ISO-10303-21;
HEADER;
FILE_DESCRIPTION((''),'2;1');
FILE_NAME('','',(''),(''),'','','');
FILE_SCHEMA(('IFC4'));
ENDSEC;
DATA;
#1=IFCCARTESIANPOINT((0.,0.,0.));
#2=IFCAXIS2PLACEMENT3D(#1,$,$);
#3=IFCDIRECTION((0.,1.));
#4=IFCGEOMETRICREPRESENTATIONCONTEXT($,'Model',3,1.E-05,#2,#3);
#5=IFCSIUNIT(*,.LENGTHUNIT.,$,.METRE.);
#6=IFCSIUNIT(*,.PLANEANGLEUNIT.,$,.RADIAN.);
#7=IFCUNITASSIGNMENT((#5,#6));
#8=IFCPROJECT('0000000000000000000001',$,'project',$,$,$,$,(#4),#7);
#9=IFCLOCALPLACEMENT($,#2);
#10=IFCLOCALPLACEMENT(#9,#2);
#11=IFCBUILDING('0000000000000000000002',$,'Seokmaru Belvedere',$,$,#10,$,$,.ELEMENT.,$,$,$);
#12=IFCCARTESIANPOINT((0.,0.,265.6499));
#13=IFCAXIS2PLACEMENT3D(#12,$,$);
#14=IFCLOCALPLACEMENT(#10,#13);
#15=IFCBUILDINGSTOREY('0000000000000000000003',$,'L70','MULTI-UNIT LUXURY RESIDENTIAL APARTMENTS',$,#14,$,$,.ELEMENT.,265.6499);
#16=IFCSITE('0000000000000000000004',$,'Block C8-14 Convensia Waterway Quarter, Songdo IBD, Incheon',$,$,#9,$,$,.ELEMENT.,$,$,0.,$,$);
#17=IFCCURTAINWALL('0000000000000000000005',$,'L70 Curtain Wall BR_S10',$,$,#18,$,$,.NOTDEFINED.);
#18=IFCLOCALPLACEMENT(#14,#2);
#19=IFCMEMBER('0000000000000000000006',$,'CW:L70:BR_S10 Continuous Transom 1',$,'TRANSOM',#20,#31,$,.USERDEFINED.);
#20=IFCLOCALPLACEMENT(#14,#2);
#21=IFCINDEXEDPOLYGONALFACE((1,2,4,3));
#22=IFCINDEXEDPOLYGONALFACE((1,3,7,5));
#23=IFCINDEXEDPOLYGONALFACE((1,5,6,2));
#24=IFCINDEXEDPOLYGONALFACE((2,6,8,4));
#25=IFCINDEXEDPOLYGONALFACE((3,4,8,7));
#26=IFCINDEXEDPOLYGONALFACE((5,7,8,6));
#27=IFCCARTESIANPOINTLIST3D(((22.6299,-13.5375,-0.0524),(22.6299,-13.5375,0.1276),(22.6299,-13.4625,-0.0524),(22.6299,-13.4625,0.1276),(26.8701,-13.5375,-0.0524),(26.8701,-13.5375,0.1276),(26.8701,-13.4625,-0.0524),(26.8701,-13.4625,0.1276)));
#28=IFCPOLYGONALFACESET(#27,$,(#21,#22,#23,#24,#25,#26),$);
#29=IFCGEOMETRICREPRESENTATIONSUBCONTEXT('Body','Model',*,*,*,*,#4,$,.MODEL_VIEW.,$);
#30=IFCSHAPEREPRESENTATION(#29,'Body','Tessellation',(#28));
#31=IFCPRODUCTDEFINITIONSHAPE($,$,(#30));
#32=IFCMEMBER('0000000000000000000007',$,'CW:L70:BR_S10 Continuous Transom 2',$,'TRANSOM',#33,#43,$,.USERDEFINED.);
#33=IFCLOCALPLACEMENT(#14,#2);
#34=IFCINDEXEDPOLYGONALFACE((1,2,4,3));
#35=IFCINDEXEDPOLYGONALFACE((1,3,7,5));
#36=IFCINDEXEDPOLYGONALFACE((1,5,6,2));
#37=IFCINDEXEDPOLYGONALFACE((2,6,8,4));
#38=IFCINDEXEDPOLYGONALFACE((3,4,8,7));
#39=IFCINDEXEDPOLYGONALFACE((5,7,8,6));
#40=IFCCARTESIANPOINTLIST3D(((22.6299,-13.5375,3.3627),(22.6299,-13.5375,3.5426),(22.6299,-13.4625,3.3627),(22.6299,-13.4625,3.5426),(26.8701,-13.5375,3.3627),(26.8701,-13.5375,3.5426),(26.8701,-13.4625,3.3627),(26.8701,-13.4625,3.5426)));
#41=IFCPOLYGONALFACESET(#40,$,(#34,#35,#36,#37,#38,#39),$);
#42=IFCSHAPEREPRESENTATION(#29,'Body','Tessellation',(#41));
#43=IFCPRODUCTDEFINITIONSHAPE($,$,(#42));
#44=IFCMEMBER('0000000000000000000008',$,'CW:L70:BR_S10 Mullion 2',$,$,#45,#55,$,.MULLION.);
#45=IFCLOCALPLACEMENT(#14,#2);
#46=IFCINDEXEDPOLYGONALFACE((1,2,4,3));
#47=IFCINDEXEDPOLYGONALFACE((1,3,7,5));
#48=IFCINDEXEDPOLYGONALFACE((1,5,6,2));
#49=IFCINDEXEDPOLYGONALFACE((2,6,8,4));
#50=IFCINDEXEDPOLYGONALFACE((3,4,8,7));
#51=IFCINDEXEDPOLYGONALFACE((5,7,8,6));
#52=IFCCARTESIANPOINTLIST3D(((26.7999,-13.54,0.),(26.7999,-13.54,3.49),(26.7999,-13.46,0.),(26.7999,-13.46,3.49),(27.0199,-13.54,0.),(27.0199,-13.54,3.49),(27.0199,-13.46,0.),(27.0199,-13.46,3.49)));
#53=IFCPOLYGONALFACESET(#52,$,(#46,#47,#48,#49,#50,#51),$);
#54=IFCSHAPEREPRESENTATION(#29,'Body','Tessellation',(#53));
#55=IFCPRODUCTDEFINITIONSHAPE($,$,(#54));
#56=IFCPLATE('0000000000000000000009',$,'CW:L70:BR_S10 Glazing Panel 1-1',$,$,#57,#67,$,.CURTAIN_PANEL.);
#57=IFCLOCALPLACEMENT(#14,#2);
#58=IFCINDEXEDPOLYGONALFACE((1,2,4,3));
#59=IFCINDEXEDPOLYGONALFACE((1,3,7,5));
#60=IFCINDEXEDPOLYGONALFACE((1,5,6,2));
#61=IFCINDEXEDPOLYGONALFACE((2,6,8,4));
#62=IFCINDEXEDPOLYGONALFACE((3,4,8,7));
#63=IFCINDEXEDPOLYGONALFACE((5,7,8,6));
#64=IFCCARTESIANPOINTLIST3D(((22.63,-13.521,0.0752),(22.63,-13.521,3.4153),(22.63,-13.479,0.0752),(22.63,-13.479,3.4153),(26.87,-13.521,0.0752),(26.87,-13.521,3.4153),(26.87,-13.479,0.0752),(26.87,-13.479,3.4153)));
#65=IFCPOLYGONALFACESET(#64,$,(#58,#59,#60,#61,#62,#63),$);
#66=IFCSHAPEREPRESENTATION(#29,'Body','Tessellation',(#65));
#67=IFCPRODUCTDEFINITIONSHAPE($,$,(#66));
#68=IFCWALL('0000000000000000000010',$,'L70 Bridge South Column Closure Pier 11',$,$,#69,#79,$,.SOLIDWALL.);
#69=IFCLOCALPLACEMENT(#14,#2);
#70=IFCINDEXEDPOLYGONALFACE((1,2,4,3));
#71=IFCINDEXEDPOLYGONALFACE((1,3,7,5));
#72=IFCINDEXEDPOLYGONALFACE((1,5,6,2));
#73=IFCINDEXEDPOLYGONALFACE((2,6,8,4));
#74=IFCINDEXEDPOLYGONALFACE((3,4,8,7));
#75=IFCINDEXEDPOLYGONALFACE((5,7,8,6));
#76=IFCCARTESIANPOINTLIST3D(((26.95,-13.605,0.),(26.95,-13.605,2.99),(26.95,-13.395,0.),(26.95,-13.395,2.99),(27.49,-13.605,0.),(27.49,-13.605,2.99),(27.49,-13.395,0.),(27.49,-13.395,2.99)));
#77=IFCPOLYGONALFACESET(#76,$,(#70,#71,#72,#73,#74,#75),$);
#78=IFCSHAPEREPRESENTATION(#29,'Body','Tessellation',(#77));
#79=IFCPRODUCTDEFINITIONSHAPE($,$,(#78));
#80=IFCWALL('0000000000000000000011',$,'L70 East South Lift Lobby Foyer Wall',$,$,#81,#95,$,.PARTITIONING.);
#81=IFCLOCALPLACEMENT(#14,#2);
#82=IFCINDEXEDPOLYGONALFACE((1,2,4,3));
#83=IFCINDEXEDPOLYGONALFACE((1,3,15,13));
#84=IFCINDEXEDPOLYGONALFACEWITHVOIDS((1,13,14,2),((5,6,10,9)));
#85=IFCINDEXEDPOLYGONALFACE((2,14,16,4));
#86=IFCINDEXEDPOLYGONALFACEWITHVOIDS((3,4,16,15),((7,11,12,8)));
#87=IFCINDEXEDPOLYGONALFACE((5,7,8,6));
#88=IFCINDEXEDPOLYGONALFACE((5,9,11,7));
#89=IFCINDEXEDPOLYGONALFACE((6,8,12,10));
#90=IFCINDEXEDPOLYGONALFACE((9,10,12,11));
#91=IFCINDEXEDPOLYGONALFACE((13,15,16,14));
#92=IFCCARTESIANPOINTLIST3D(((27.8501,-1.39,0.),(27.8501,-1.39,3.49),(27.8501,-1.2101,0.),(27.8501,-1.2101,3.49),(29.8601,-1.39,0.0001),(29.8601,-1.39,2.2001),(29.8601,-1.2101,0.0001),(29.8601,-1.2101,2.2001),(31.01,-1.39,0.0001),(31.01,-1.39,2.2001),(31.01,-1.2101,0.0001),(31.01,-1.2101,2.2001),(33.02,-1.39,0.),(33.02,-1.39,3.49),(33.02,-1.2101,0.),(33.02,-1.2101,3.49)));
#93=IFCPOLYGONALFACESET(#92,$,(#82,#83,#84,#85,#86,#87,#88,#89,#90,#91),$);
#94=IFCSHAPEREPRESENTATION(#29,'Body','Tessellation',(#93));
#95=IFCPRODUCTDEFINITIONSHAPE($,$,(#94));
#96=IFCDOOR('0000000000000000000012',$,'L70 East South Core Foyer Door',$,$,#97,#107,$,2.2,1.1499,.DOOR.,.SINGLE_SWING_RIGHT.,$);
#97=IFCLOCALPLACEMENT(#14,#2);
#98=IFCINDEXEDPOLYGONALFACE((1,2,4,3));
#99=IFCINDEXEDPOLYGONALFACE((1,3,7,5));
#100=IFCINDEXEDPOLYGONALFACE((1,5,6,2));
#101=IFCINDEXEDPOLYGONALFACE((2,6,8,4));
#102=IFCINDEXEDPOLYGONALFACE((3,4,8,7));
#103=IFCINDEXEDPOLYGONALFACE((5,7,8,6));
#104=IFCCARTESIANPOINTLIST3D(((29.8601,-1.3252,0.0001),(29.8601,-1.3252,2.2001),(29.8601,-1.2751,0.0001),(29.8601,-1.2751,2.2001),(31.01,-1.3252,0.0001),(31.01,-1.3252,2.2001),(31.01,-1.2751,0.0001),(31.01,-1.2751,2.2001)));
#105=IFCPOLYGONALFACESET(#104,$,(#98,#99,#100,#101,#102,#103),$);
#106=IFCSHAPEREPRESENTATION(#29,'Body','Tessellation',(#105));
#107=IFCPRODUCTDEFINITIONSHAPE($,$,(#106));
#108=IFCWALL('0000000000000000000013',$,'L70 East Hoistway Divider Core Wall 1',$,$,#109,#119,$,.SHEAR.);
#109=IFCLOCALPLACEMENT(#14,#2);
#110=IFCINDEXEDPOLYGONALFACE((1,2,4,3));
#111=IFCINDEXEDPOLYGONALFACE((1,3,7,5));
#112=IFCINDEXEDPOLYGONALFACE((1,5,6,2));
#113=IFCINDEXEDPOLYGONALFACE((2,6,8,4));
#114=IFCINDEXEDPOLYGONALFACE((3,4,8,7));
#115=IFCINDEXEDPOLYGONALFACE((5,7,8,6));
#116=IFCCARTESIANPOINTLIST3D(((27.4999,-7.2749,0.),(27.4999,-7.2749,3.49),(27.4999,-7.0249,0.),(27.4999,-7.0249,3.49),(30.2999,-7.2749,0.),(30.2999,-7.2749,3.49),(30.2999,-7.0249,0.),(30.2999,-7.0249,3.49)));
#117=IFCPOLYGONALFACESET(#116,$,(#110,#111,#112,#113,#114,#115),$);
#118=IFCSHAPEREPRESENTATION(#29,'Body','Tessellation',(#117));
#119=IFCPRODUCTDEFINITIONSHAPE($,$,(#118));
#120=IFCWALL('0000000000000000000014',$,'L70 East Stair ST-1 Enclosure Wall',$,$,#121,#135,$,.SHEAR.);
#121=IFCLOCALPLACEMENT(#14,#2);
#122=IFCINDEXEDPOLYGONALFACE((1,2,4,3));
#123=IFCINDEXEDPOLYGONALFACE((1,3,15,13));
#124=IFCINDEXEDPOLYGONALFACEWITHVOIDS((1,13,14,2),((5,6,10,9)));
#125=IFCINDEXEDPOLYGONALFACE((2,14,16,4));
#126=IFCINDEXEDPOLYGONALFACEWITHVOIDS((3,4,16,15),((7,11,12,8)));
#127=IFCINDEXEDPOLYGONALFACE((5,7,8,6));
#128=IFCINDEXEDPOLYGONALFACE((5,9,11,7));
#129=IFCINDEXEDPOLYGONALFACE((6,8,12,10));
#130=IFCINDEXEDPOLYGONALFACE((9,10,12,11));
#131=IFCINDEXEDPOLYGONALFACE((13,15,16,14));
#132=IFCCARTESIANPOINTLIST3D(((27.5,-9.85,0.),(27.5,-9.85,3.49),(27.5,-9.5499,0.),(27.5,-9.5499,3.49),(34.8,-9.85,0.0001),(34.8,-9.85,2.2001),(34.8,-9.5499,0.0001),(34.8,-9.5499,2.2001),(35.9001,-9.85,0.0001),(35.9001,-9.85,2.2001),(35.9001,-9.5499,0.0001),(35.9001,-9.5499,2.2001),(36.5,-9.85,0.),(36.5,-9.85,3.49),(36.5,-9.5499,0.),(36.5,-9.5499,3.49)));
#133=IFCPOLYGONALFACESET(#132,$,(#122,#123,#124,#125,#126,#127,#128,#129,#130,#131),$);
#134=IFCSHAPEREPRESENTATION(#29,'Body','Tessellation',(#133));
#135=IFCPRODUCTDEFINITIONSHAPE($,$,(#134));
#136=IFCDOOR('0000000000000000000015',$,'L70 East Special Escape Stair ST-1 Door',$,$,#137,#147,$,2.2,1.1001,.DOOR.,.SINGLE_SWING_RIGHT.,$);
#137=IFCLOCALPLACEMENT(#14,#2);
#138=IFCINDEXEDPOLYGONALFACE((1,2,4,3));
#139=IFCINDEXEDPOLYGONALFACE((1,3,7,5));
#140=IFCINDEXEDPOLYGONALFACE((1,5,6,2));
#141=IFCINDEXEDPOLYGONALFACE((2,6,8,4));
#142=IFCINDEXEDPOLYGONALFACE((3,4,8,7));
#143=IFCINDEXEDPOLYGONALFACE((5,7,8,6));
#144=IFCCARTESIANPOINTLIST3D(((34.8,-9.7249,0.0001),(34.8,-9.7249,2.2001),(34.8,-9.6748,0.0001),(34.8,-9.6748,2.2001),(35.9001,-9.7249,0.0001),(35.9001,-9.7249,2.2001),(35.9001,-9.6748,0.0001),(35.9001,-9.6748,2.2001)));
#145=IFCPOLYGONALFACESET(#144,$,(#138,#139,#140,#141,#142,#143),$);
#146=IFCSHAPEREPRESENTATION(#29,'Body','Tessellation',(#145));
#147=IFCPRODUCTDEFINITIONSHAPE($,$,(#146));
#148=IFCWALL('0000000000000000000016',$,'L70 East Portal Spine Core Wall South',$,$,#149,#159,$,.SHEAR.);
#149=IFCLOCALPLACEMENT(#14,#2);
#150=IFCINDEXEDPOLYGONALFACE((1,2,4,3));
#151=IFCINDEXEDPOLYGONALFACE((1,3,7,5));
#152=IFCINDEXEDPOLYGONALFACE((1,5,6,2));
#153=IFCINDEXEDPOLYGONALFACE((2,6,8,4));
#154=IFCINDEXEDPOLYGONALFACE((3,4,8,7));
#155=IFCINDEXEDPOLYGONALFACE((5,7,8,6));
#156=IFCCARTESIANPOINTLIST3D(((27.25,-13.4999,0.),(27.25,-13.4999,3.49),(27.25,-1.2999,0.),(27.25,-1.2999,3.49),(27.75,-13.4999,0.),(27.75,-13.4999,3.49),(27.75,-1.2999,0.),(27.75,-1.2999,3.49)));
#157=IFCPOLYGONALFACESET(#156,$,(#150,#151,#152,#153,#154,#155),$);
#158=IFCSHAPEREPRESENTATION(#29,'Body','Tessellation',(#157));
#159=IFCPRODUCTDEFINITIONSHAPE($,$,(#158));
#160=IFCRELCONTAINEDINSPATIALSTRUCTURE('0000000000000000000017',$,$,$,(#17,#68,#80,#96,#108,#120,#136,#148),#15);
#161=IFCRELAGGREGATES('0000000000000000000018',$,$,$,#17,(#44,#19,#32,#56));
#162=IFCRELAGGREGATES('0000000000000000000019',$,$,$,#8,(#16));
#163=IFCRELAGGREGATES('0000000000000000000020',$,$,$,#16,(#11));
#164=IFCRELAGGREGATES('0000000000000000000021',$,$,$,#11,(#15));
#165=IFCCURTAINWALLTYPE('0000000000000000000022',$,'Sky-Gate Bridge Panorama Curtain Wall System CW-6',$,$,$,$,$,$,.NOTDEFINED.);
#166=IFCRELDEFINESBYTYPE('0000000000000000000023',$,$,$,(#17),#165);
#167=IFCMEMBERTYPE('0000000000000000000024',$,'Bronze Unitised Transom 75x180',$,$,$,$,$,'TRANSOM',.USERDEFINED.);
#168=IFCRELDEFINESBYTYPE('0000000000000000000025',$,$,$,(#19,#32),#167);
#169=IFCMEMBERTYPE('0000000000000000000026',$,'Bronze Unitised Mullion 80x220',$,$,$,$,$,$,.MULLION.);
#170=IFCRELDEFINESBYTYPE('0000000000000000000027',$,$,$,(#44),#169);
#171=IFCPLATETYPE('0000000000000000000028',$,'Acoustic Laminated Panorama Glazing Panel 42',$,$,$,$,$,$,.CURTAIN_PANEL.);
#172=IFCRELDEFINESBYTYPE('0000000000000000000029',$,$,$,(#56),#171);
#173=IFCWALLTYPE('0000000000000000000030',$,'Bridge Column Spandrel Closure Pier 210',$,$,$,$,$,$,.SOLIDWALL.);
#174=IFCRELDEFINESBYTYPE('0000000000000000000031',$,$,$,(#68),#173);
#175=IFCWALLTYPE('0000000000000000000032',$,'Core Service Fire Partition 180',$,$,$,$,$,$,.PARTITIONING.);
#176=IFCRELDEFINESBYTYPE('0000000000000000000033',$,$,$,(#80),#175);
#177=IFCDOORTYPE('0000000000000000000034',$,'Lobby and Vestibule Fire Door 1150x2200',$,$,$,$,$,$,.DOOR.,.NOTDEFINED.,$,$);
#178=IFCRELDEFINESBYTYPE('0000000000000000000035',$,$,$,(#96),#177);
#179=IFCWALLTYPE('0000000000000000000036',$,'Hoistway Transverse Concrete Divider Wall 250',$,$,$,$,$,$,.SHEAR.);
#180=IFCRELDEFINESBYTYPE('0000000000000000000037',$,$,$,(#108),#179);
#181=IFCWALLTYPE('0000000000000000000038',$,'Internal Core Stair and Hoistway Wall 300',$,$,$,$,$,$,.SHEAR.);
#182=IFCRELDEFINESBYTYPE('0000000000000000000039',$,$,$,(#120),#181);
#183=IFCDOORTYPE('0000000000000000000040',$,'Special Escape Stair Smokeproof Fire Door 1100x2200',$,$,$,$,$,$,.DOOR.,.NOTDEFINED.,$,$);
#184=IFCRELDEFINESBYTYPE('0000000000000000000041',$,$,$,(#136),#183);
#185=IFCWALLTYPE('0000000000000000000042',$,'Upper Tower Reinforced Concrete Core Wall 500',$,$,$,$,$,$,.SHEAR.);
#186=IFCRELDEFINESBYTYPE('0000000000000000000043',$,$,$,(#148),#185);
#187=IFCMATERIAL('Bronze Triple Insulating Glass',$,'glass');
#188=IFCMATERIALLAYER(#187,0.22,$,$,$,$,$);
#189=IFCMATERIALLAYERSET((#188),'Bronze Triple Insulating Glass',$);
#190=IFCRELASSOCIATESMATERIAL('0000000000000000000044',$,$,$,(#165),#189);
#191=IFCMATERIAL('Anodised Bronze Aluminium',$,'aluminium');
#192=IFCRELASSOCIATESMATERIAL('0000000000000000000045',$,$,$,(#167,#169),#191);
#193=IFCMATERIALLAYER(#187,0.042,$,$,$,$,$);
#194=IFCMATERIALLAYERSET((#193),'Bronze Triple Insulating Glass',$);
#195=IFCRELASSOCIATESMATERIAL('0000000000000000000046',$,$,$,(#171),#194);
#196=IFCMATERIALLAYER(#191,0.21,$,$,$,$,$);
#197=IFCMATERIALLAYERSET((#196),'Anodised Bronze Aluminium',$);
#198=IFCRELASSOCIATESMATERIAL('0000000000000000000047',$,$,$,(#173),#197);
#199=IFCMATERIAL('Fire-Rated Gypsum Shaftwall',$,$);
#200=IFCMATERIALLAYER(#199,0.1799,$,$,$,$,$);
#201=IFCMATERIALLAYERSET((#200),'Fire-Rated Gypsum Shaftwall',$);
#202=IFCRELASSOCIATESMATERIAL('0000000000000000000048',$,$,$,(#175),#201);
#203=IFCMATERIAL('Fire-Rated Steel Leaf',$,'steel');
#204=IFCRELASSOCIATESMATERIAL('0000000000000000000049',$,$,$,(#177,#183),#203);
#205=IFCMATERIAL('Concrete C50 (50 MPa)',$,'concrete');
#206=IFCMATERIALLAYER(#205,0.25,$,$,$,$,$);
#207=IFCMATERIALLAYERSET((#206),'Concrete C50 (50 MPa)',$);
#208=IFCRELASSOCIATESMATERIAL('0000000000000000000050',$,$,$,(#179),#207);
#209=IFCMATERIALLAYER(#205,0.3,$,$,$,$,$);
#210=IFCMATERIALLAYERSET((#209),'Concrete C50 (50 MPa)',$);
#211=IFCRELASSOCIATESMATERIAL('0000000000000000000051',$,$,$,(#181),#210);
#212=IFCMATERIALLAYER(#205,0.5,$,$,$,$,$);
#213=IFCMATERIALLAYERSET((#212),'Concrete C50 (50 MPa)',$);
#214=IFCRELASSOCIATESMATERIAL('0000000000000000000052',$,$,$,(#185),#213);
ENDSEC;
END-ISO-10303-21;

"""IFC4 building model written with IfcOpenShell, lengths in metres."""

from ifc_helpers import new_model, si_unit, direction, frame, frame_2d, origin, origin_2d, place, context, subcontext, project, spatial, rectangle, extrude, source, transform, mapped, material, layer, layer_set, material_profile, profile_set, type_object, type_shapes, element, fill, aggregate, save


model = new_model("IFC4")

# Units and contexts
model_context = context("Model", 3, precision=1e-05, world=origin(), true_north=direction((0.0, 1.0)))
body_context = subcontext(model_context, "Body", "Model", "MODEL_VIEW")
ifc_project = project(units=[si_unit("LENGTHUNIT", "METRE"), si_unit("PLANEANGLEUNIT", "RADIAN")], contexts=[model_context])

# Site, building, storey
site_placement = place(None, origin())
site = spatial("IfcSite", under=ifc_project, at=site_placement, Name="Block C8-14 Convensia Waterway Quarter, Songdo IBD, Incheon", CompositionType="ELEMENT", RefElevation=0.0)
building_placement = place(site_placement, origin())
building = spatial("IfcBuilding", under=site, at=building_placement, Name="Seokmaru Belvedere", CompositionType="ELEMENT")
storey_placement = place(building_placement, frame((0.0, 0.0, 265.6499)))
storey = spatial("IfcBuildingStorey", under=building, at=storey_placement, Name="L70", Description="MULTI-UNIT LUXURY RESIDENTIAL APARTMENTS", CompositionType="ELEMENT", Elevation=265.6499)

# Curtain wall, members, plate
ifc_material_1 = material(Name="Bronze Triple Insulating Glass", Category="glass")
ifc_layer_1 = layer(ifc_material_1, 0.22)
ifc_layer_set_1 = layer_set([ifc_layer_1], Name="Bronze Triple Insulating Glass")
curtain_wall_type = type_object("IfcCurtainWallType", Name="Sky-Gate Bridge Panorama Curtain Wall System CW-6", PredefinedType="NOTDEFINED", material=ifc_layer_set_1)
curtain_wall_placement = place(storey_placement, origin())
curtain_wall = element("IfcCurtainWall", 1, at=curtain_wall_placement, inside=storey, type_object=curtain_wall_type, Name="L70 Curtain Wall BR_S10", PredefinedType="NOTDEFINED")
ifc_material_2 = material(Name="Anodised Bronze Aluminium", Category="aluminium")
ifc_material_profile_1 = material_profile(ifc_material_2, rectangle(XDim=0.075, YDim=0.1799, at=origin_2d()), Name="CW-T-75x180")
ifc_profile_set_1 = profile_set([ifc_material_profile_1], Name="Anodised Bronze Aluminium")
member_type_1 = type_object("IfcMemberType", Name="Bronze Unitised Transom 75x180", ElementType="TRANSOM", PredefinedType="USERDEFINED", material=ifc_profile_set_1)
shared_shape_1 = source(origin(), body_context, "Body", "SweptSolid", [
    extrude(rectangle(XDim=0.075, YDim=0.1799, at=origin_2d()), origin(), (0.0, 0.0, 1.0), 4.2402),
])
type_shapes(member_type_1, [shared_shape_1])
member_1_placement = place(storey_placement, frame((22.6299, -13.5, 0.0376), z_axis=(1.0, 0.0, 0.0), x_axis=(0.0, 1.0, 0.0)))
member_1 = element("IfcMember", 2, at=member_1_placement, type_object=member_type_1, Name="CW:L70:BR_S10 Continuous Transom 1", ObjectType="TRANSOM", PredefinedType="USERDEFINED", context=body_context, shape_type="MappedRepresentation", body=[
    mapped(shared_shape_1, transform((0.0, 0.0, 0.0), scale=1.0)),
])
member_2_placement = place(storey_placement, frame((22.6299, -13.5, 3.4526), z_axis=(1.0, 0.0, 0.0), x_axis=(0.0, 1.0, 0.0)))
member_2 = element("IfcMember", 3, at=member_2_placement, type_object=member_type_1, Name="CW:L70:BR_S10 Continuous Transom 2", ObjectType="TRANSOM", PredefinedType="USERDEFINED", context=body_context, shape_type="MappedRepresentation", body=[
    mapped(shared_shape_1, transform((0.0, 0.0, 0.0), scale=1.0)),
])
ifc_material_profile_2 = material_profile(ifc_material_2, rectangle(XDim=0.0801, YDim=0.22, at=origin_2d()), Name="CW-M-80x220")
ifc_profile_set_2 = profile_set([ifc_material_profile_2], Name="Anodised Bronze Aluminium")
member_type_2 = type_object("IfcMemberType", Name="Bronze Unitised Mullion 80x220", PredefinedType="MULLION", material=ifc_profile_set_2)
shared_shape_2 = source(origin(), body_context, "Body", "SweptSolid", [
    extrude(rectangle(XDim=0.0801, YDim=0.22, at=origin_2d()), origin(), (0.0, 0.0, 1.0), 3.49),
])
type_shapes(member_type_2, [shared_shape_2])
member_3_placement = place(storey_placement, frame((26.9099, -13.5, 0.0), z_axis=(0.0, 0.0, 1.0), x_axis=(0.0, 1.0, 0.0)))
member_3 = element("IfcMember", 4, at=member_3_placement, type_object=member_type_2, Name="CW:L70:BR_S10 Mullion 2", PredefinedType="MULLION", context=body_context, shape_type="MappedRepresentation", body=[
    mapped(shared_shape_2, transform((0.0, 0.0, 0.0), scale=1.0)),
])
ifc_layer_2 = layer(ifc_material_1, 0.042)
ifc_layer_set_2 = layer_set([ifc_layer_2], Name="Bronze Triple Insulating Glass")
plate_type = type_object("IfcPlateType", Name="Acoustic Laminated Panorama Glazing Panel 42", PredefinedType="CURTAIN_PANEL", material=ifc_layer_set_2)
shared_shape_3 = source(origin(), body_context, "Body", "SweptSolid", [
    extrude(rectangle(XDim=4.24, YDim=0.042, at=origin_2d()), origin(), (0.0, 0.0, 1.0), 3.3401),
])
type_shapes(plate_type, [shared_shape_3])
plate_placement = place(storey_placement, frame((24.75, -13.5, 0.0752), z_axis=(0.0, 0.0, 1.0), x_axis=(1.0, 0.0, 0.0)))
plate = element("IfcPlate", 5, at=plate_placement, type_object=plate_type, Name="CW:L70:BR_S10 Glazing Panel 1-1", PredefinedType="CURTAIN_PANEL", context=body_context, shape_type="MappedRepresentation", body=[
    mapped(shared_shape_3, transform((0.0, 0.0, 0.0), scale=1.0)),
])
aggregate(curtain_wall, [member_3, member_1, member_2, plate])

# Wall
ifc_layer_3 = layer(ifc_material_2, 0.21)
ifc_layer_set_3 = layer_set([ifc_layer_3], Name="Anodised Bronze Aluminium")
wall_type_1 = type_object("IfcWallType", Name="Bridge Column Spandrel Closure Pier 210", PredefinedType="SOLIDWALL", material=ifc_layer_set_3)
wall_1_placement = place(storey_placement, frame((26.95, -13.5, 0.0), z_axis=(0.0, 0.0, 1.0), x_axis=(1.0, 0.0, 0.0)))
element("IfcWall", 6, at=wall_1_placement, inside=storey, type_object=wall_type_1, Name="L70 Bridge South Column Closure Pier 11", PredefinedType="SOLIDWALL", context=body_context, shape_type="SweptSolid", body=[
    extrude(rectangle(XDim=0.54, YDim=0.21, at=frame_2d((0.27, 0.0))), origin(), (0.0, 0.0, 1.0), 2.99),
])

# Wall, opening, door
ifc_material_3 = material(Name="Fire-Rated Gypsum Shaftwall")
ifc_layer_4 = layer(ifc_material_3, 0.1799)
ifc_layer_set_4 = layer_set([ifc_layer_4], Name="Fire-Rated Gypsum Shaftwall")
wall_type_2 = type_object("IfcWallType", Name="Core Service Fire Partition 180", PredefinedType="PARTITIONING", material=ifc_layer_set_4)
wall_2_placement = place(storey_placement, frame((27.8501, -1.3, 0.0), z_axis=(0.0, 0.0, 1.0), x_axis=(1.0, 0.0, 0.0)))
wall_2 = element("IfcWall", 7, at=wall_2_placement, inside=storey, type_object=wall_type_2, Name="L70 East South Lift Lobby Foyer Wall", PredefinedType="PARTITIONING", context=body_context, shape_type="SweptSolid", body=[
    extrude(rectangle(XDim=5.1699, YDim=0.1799, at=frame_2d((2.585, 0.0))), origin(), (0.0, 0.0, 1.0), 3.49),
])
opening_1_placement = place(wall_2_placement, frame((2.01, 0.0, 0.0)))
opening_1 = element("IfcOpeningElement", 8, at=opening_1_placement, cuts=wall_2, PredefinedType="OPENING", context=body_context, shape_type="SweptSolid", body=[
    extrude(rectangle(XDim=1.1499, YDim=2.2, at=frame_2d((0.575, 1.1001))), frame((0.0, 0.1001, 0.0), z_axis=(0.0, -1.0, 0.0), x_axis=(1.0, 0.0, 0.0)), (0.0, 0.0, 1.0), 0.2),
])
ifc_material_4 = material(Name="Fire-Rated Steel Leaf", Category="steel")
door_type_1 = type_object("IfcDoorType", Name="Lobby and Vestibule Fire Door 1150x2200", OperationType="NOTDEFINED", PredefinedType="DOOR", material=ifc_material_4)
shared_shape_4 = source(origin(), body_context, "Body", "SweptSolid", [
    extrude(rectangle(XDim=1.1499, YDim=2.2, at=frame_2d((0.575, 1.1001))), frame((0.0, 0.0249, 0.0), z_axis=(0.0, -1.0, 0.0), x_axis=(1.0, 0.0, 0.0)), (0.0, 0.0, 1.0), 0.05),
])
type_shapes(door_type_1, [shared_shape_4])
door_1_placement = place(opening_1_placement, origin())
door_1 = element("IfcDoor", 9, at=door_1_placement, inside=storey, type_object=door_type_1, Name="L70 East South Core Foyer Door", OperationType="SINGLE_SWING_RIGHT", OverallHeight=2.2, OverallWidth=1.1499, PredefinedType="DOOR", context=body_context, shape_type="MappedRepresentation", body=[
    mapped(shared_shape_4, transform((0.0, 0.0, 0.0), scale=1.0)),
])
fill(opening_1, door_1)

# Wall
ifc_material_5 = material(Name="Concrete C50 (50 MPa)", Category="concrete")
ifc_layer_5 = layer(ifc_material_5, 0.25)
ifc_layer_set_5 = layer_set([ifc_layer_5], Name="Concrete C50 (50 MPa)")
wall_type_3 = type_object("IfcWallType", Name="Hoistway Transverse Concrete Divider Wall 250", PredefinedType="SHEAR", material=ifc_layer_set_5)
wall_3_placement = place(storey_placement, frame((27.5, -7.1499, 0.0), z_axis=(0.0, 0.0, 1.0), x_axis=(1.0, 0.0, 0.0)))
element("IfcWall", 10, at=wall_3_placement, inside=storey, type_object=wall_type_3, Name="L70 East Hoistway Divider Core Wall 1", PredefinedType="SHEAR", context=body_context, shape_type="SweptSolid", body=[
    extrude(rectangle(XDim=2.8, YDim=0.25, at=frame_2d((1.3999, 0.0))), origin(), (0.0, 0.0, 1.0), 3.49),
])

# Wall, opening, door
ifc_layer_6 = layer(ifc_material_5, 0.3)
ifc_layer_set_6 = layer_set([ifc_layer_6], Name="Concrete C50 (50 MPa)")
wall_type_4 = type_object("IfcWallType", Name="Internal Core Stair and Hoistway Wall 300", PredefinedType="SHEAR", material=ifc_layer_set_6)
wall_4_placement = place(storey_placement, frame((27.5, -9.7, 0.0), z_axis=(0.0, 0.0, 1.0), x_axis=(1.0, 0.0, 0.0)))
wall_4 = element("IfcWall", 11, at=wall_4_placement, inside=storey, type_object=wall_type_4, Name="L70 East Stair ST-1 Enclosure Wall", PredefinedType="SHEAR", context=body_context, shape_type="SweptSolid", body=[
    extrude(rectangle(XDim=9.0, YDim=0.3, at=frame_2d((4.5, 0.0))), origin(), (0.0, 0.0, 1.0), 3.49),
])
opening_2_placement = place(wall_4_placement, frame((7.3, 0.0, 0.0)))
opening_2 = element("IfcOpeningElement", 12, at=opening_2_placement, cuts=wall_4, PredefinedType="OPENING", context=body_context, shape_type="SweptSolid", body=[
    extrude(rectangle(XDim=1.1001, YDim=2.2, at=frame_2d((0.55, 1.1001))), frame((0.0, 0.1602, 0.0), z_axis=(0.0, -1.0, 0.0), x_axis=(1.0, 0.0, 0.0)), (0.0, 0.0, 1.0), 0.3201),
])
door_type_2 = type_object("IfcDoorType", Name="Special Escape Stair Smokeproof Fire Door 1100x2200", OperationType="NOTDEFINED", PredefinedType="DOOR", material=ifc_material_4)
shared_shape_5 = source(origin(), body_context, "Body", "SweptSolid", [
    extrude(rectangle(XDim=1.1001, YDim=2.2, at=frame_2d((0.55, 1.1001))), frame((0.0, 0.0249, 0.0), z_axis=(0.0, -1.0, 0.0), x_axis=(1.0, 0.0, 0.0)), (0.0, 0.0, 1.0), 0.05),
])
type_shapes(door_type_2, [shared_shape_5])
door_2_placement = place(opening_2_placement, frame((1.1001, 0.0, 0.0), z_axis=(0.0, 0.0, 1.0), x_axis=(-1.0, 0.0, 0.0)))
door_2 = element("IfcDoor", 13, at=door_2_placement, inside=storey, type_object=door_type_2, Name="L70 East Special Escape Stair ST-1 Door", OperationType="SINGLE_SWING_RIGHT", OverallHeight=2.2, OverallWidth=1.1001, PredefinedType="DOOR", context=body_context, shape_type="MappedRepresentation", body=[
    mapped(shared_shape_5, transform((0.0, 0.0, 0.0), scale=1.0)),
])
fill(opening_2, door_2)

# Wall
ifc_layer_7 = layer(ifc_material_5, 0.5)
ifc_layer_set_7 = layer_set([ifc_layer_7], Name="Concrete C50 (50 MPa)")
wall_type_5 = type_object("IfcWallType", Name="Upper Tower Reinforced Concrete Core Wall 500", PredefinedType="SHEAR", material=ifc_layer_set_7)
wall_5_placement = place(storey_placement, frame((27.5, -13.5, 0.0), z_axis=(0.0, 0.0, 1.0), x_axis=(0.0, 1.0, 0.0)))
element("IfcWall", 14, at=wall_5_placement, inside=storey, type_object=wall_type_5, Name="L70 East Portal Spine Core Wall South", PredefinedType="SHEAR", context=body_context, shape_type="SweptSolid", body=[
    extrude(rectangle(XDim=12.2, YDim=0.5, at=frame_2d((6.1001, 0.0))), origin(), (0.0, 0.0, 1.0), 3.49),
])

save(model, "model.ifc")
